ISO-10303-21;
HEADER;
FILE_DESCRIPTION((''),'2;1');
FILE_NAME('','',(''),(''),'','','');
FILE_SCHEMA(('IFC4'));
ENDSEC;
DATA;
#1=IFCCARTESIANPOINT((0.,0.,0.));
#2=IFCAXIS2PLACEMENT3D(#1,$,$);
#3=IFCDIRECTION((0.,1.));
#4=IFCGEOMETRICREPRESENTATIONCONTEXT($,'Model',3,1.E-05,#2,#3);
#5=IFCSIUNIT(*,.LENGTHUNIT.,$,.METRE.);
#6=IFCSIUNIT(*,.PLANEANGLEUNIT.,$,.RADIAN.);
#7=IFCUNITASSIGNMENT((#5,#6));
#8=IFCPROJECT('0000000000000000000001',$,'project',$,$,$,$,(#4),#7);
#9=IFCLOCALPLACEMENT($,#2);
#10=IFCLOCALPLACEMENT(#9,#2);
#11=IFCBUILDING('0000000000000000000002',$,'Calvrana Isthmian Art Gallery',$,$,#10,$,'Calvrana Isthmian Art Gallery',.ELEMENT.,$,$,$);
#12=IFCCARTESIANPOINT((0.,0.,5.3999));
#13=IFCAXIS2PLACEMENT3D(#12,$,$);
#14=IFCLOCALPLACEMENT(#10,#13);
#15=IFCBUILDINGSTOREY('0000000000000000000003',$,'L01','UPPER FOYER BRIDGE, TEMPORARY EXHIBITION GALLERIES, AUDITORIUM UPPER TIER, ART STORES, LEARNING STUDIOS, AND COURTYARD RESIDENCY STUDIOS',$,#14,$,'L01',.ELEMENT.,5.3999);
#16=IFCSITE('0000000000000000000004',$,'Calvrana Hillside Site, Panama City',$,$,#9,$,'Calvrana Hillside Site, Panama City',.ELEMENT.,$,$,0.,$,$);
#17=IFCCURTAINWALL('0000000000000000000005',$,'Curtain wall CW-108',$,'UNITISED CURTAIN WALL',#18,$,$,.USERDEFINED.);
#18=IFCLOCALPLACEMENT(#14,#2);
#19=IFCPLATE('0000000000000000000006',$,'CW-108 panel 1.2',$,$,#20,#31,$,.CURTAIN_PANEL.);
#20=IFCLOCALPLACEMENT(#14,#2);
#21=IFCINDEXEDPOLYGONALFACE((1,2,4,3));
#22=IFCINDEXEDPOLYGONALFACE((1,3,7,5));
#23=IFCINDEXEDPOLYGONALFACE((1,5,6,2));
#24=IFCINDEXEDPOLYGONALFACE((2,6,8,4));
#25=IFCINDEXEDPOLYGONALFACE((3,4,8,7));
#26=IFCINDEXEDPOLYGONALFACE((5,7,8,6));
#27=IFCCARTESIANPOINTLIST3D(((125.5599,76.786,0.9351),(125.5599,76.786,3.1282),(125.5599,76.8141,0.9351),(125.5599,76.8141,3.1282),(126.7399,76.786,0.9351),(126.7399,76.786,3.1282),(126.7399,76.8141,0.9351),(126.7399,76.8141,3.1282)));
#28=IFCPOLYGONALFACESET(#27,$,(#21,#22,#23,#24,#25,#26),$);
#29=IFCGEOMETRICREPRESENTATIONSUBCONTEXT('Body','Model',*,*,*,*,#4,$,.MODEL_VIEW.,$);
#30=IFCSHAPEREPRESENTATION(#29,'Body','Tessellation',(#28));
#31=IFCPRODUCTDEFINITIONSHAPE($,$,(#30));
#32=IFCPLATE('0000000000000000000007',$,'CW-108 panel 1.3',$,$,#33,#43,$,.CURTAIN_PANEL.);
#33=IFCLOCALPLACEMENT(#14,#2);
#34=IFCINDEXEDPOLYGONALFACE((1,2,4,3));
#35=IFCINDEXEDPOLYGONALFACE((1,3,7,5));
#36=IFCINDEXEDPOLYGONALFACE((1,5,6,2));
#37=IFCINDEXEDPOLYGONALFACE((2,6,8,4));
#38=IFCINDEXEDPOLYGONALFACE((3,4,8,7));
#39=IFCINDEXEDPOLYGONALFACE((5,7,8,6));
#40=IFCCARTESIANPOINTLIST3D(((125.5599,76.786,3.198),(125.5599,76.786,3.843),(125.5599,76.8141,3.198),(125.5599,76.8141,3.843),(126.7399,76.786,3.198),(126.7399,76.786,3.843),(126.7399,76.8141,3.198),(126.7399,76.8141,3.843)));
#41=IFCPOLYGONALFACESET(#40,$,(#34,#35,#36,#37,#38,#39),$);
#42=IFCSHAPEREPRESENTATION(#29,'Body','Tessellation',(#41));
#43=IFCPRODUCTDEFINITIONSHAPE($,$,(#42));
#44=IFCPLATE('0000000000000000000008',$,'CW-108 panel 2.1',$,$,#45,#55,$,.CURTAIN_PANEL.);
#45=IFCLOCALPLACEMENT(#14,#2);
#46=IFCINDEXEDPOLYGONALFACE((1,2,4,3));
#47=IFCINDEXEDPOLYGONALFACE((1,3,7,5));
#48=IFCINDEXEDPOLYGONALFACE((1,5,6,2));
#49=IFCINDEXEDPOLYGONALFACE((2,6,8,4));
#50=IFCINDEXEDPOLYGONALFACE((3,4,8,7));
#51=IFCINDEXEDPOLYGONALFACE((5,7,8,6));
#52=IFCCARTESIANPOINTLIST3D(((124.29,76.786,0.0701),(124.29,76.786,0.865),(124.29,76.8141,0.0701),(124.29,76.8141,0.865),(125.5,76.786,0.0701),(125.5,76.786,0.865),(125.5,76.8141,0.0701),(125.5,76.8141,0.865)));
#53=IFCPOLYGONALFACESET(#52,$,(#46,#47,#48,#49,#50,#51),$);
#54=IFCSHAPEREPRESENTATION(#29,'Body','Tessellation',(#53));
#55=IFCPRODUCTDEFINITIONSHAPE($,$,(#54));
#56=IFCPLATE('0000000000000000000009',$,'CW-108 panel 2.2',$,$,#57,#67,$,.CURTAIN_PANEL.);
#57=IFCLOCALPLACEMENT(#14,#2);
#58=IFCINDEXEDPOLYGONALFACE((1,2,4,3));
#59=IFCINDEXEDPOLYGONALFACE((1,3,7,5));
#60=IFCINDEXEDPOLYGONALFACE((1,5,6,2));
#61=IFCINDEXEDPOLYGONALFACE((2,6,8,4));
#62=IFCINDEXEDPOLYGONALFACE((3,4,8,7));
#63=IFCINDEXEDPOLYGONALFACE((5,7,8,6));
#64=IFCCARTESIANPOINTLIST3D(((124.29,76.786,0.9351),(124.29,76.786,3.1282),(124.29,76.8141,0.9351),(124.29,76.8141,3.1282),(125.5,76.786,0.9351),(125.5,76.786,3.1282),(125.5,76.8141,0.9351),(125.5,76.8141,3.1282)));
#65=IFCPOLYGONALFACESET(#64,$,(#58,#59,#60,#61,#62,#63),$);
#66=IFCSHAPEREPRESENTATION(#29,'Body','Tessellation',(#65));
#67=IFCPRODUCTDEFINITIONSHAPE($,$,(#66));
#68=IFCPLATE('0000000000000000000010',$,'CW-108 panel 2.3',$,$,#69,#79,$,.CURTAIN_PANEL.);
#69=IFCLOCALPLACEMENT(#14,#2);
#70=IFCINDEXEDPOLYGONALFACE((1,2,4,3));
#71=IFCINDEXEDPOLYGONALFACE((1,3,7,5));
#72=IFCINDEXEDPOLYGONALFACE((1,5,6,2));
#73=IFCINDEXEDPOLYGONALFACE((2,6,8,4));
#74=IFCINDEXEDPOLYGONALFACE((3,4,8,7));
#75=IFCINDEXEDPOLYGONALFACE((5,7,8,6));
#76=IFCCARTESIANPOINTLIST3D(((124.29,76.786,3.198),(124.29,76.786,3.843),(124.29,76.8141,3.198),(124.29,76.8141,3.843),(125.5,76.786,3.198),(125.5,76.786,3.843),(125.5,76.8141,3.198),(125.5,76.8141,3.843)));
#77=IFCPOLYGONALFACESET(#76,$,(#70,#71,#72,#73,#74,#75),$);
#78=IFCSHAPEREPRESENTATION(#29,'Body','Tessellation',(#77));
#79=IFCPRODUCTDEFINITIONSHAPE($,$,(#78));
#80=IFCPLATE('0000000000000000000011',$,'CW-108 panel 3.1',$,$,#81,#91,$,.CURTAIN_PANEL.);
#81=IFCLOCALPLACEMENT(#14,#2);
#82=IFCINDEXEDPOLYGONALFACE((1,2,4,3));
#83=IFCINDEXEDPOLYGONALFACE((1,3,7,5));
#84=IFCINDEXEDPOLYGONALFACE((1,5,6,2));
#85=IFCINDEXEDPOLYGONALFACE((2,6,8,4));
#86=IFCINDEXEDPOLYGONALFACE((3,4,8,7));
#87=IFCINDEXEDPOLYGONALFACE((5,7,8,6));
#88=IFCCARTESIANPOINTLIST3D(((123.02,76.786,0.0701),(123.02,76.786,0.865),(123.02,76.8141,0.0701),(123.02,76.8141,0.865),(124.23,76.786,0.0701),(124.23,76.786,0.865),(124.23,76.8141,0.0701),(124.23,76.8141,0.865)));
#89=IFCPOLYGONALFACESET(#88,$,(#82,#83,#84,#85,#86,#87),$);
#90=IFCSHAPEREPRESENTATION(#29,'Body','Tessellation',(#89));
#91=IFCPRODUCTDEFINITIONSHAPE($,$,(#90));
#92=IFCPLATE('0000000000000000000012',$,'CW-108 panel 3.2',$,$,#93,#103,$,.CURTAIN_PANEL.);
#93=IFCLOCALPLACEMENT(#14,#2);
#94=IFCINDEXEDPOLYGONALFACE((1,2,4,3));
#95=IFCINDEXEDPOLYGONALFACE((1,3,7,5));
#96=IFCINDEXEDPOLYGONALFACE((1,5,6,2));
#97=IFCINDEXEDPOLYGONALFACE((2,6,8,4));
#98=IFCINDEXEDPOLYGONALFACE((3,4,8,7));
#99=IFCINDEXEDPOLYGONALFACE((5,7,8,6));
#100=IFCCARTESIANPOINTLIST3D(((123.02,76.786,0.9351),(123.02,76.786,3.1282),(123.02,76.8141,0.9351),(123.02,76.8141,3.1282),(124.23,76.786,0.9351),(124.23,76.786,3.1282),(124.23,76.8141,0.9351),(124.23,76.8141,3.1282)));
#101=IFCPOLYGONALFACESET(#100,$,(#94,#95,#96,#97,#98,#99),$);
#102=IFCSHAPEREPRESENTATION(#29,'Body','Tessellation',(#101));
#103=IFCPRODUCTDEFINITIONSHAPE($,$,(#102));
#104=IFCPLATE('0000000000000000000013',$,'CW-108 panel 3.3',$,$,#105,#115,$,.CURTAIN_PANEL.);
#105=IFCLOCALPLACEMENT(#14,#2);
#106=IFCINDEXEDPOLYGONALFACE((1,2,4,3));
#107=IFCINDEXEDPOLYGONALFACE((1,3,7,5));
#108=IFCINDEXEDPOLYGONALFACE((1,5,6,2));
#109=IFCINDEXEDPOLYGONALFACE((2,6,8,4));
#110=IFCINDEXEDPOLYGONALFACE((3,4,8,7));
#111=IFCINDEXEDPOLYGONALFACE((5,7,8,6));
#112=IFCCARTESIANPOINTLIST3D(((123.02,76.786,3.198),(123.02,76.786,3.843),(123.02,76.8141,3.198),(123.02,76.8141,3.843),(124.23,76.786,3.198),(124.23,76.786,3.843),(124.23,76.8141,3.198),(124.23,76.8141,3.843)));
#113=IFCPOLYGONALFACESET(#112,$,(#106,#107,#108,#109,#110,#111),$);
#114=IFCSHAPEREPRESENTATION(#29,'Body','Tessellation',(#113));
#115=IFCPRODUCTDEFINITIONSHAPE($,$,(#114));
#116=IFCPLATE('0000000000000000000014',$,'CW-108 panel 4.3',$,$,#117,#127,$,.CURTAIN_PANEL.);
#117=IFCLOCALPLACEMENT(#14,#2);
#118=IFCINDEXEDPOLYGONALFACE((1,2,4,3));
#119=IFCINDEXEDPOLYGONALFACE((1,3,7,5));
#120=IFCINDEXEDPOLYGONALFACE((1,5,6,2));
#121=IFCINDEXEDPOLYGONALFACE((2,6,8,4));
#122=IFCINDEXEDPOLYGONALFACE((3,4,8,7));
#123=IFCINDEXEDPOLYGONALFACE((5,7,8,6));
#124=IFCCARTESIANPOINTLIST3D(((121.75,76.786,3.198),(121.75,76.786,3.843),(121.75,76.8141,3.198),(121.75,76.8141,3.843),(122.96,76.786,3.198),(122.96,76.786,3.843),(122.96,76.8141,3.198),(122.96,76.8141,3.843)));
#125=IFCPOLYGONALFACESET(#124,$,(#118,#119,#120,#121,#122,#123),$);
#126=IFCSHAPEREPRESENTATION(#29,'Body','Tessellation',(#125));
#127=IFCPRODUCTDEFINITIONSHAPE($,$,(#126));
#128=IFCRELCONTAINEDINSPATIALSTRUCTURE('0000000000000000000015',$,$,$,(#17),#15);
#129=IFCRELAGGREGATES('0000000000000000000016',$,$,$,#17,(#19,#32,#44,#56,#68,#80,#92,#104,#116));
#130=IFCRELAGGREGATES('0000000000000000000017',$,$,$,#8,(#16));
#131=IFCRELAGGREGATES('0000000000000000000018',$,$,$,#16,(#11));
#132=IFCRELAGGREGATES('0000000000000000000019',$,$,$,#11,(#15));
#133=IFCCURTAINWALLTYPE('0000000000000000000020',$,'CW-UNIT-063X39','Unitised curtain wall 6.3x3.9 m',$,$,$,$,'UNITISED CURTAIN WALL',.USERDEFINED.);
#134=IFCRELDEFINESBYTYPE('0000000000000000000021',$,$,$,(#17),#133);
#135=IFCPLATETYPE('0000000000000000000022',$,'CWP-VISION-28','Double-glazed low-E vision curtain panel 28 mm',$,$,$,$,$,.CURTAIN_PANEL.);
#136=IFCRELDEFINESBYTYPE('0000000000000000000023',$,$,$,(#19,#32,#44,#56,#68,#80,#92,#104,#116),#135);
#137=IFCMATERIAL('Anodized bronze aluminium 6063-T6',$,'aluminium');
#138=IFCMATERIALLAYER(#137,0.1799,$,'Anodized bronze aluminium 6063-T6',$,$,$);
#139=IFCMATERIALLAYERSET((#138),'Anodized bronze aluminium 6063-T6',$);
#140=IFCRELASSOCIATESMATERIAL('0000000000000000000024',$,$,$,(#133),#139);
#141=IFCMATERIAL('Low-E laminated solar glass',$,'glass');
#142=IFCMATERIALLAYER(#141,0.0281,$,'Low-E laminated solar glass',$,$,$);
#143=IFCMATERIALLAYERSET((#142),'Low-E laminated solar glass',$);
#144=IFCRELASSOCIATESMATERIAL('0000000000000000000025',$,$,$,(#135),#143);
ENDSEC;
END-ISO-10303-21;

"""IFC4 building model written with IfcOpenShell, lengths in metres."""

from ifc_helpers import new_model, si_unit, direction, frame, origin, origin_2d, place, context, subcontext, project, spatial, rectangle, extrude, material, layer, layer_set, type_object, element, aggregate, save


model = new_model("IFC4")

# Units and contexts
model_context = context("Model", 3, precision=1e-05, world=origin(), true_north=direction((0.0, 1.0)))
body_context = subcontext(model_context, "Body", "Model", "MODEL_VIEW")
ifc_project = project(units=[si_unit("LENGTHUNIT", "METRE"), si_unit("PLANEANGLEUNIT", "RADIAN")], contexts=[model_context])

# Site, building, storey
site_placement = place(None, origin())
site = spatial("IfcSite", under=ifc_project, at=site_placement, Name="Calvrana Hillside Site, Panama City", LongName="Calvrana Hillside Site, Panama City", CompositionType="ELEMENT", RefElevation=0.0)
building_placement = place(site_placement, origin())
building = spatial("IfcBuilding", under=site, at=building_placement, Name="Calvrana Isthmian Art Gallery", LongName="Calvrana Isthmian Art Gallery", CompositionType="ELEMENT")
storey_placement = place(building_placement, frame((0.0, 0.0, 5.3999)))
storey = spatial("IfcBuildingStorey", under=building, at=storey_placement, Name="L01", Description="UPPER FOYER BRIDGE, TEMPORARY EXHIBITION GALLERIES, AUDITORIUM UPPER TIER, ART STORES, LEARNING STUDIOS, AND COURTYARD RESIDENCY STUDIOS", LongName="L01", CompositionType="ELEMENT", Elevation=5.3999)

# Curtain wall, plates
ifc_material_1 = material(Name="Anodized bronze aluminium 6063-T6", Category="aluminium")
ifc_layer_1 = layer(ifc_material_1, 0.1799, Name="Anodized bronze aluminium 6063-T6")
ifc_layer_set_1 = layer_set([ifc_layer_1], Name="Anodized bronze aluminium 6063-T6")
curtain_wall_type = type_object("IfcCurtainWallType", Name="CW-UNIT-063X39", Description="Unitised curtain wall 6.3x3.9 m", ElementType="UNITISED CURTAIN WALL", PredefinedType="USERDEFINED", material=ifc_layer_set_1)
curtain_wall_placement = place(storey_placement, origin())
curtain_wall = element("IfcCurtainWall", 1, at=curtain_wall_placement, inside=storey, type_object=curtain_wall_type, Name="Curtain wall CW-108", ObjectType="UNITISED CURTAIN WALL", PredefinedType="USERDEFINED")
ifc_material_2 = material(Name="Low-E laminated solar glass", Category="glass")
ifc_layer_2 = layer(ifc_material_2, 0.0281, Name="Low-E laminated solar glass")
ifc_layer_set_2 = layer_set([ifc_layer_2], Name="Low-E laminated solar glass")
plate_type = type_object("IfcPlateType", Name="CWP-VISION-28", Description="Double-glazed low-E vision curtain panel 28 mm", PredefinedType="CURTAIN_PANEL", material=ifc_layer_set_2)
plate_1_placement = place(storey_placement, frame((126.1499, 76.8, 0.9351), z_axis=(0.0, 0.0, 1.0), x_axis=(-1.0, 0.0, 0.0)))
plate_1 = element("IfcPlate", 2, at=plate_1_placement, type_object=plate_type, Name="CW-108 panel 1.2", PredefinedType="CURTAIN_PANEL", context=body_context, shape_type="SweptSolid", body=[
    extrude(rectangle(XDim=1.1799, YDim=0.0281, at=origin_2d()), origin(), (0.0, 0.0, 1.0), 2.1931),
])
plate_2_placement = place(storey_placement, frame((126.1499, 76.8, 3.198), z_axis=(0.0, 0.0, 1.0), x_axis=(-1.0, 0.0, 0.0)))
plate_2 = element("IfcPlate", 3, at=plate_2_placement, type_object=plate_type, Name="CW-108 panel 1.3", PredefinedType="CURTAIN_PANEL", context=body_context, shape_type="SweptSolid", body=[
    extrude(rectangle(XDim=1.1799, YDim=0.0281, at=origin_2d()), origin(), (0.0, 0.0, 1.0), 0.645),
])
plate_3_placement = place(storey_placement, frame((124.895, 76.8, 0.0701), z_axis=(0.0, 0.0, 1.0), x_axis=(-1.0, 0.0, 0.0)))
plate_3 = element("IfcPlate", 4, at=plate_3_placement, type_object=plate_type, Name="CW-108 panel 2.1", PredefinedType="CURTAIN_PANEL", context=body_context, shape_type="SweptSolid", body=[
    extrude(rectangle(XDim=1.21, YDim=0.0281, at=origin_2d()), origin(), (0.0, 0.0, 1.0), 0.7949),
])
plate_4_placement = place(storey_placement, frame((124.895, 76.8, 0.9351), z_axis=(0.0, 0.0, 1.0), x_axis=(-1.0, 0.0, 0.0)))
plate_4 = element("IfcPlate", 5, at=plate_4_placement, type_object=plate_type, Name="CW-108 panel 2.2", PredefinedType="CURTAIN_PANEL", context=body_context, shape_type="SweptSolid", body=[
    extrude(rectangle(XDim=1.21, YDim=0.0281, at=origin_2d()), origin(), (0.0, 0.0, 1.0), 2.1931),
])
plate_5_placement = place(storey_placement, frame((124.895, 76.8, 3.198), z_axis=(0.0, 0.0, 1.0), x_axis=(-1.0, 0.0, 0.0)))
plate_5 = element("IfcPlate", 6, at=plate_5_placement, type_object=plate_type, Name="CW-108 panel 2.3", PredefinedType="CURTAIN_PANEL", context=body_context, shape_type="SweptSolid", body=[
    extrude(rectangle(XDim=1.21, YDim=0.0281, at=origin_2d()), origin(), (0.0, 0.0, 1.0), 0.645),
])
plate_6_placement = place(storey_placement, frame((123.625, 76.8, 0.0701), z_axis=(0.0, 0.0, 1.0), x_axis=(-1.0, 0.0, 0.0)))
plate_6 = element("IfcPlate", 7, at=plate_6_placement, type_object=plate_type, Name="CW-108 panel 3.1", PredefinedType="CURTAIN_PANEL", context=body_context, shape_type="SweptSolid", body=[
    extrude(rectangle(XDim=1.21, YDim=0.0281, at=origin_2d()), origin(), (0.0, 0.0, 1.0), 0.7949),
])
plate_7_placement = place(storey_placement, frame((123.625, 76.8, 0.9351), z_axis=(0.0, 0.0, 1.0), x_axis=(-1.0, 0.0, 0.0)))
plate_7 = element("IfcPlate", 8, at=plate_7_placement, type_object=plate_type, Name="CW-108 panel 3.2", PredefinedType="CURTAIN_PANEL", context=body_context, shape_type="SweptSolid", body=[
    extrude(rectangle(XDim=1.21, YDim=0.0281, at=origin_2d()), origin(), (0.0, 0.0, 1.0), 2.1931),
])
plate_8_placement = place(storey_placement, frame((123.625, 76.8, 3.198), z_axis=(0.0, 0.0, 1.0), x_axis=(-1.0, 0.0, 0.0)))
plate_8 = element("IfcPlate", 9, at=plate_8_placement, type_object=plate_type, Name="CW-108 panel 3.3", PredefinedType="CURTAIN_PANEL", context=body_context, shape_type="SweptSolid", body=[
    extrude(rectangle(XDim=1.21, YDim=0.0281, at=origin_2d()), origin(), (0.0, 0.0, 1.0), 0.645),
])
plate_9_placement = place(storey_placement, frame((122.355, 76.8, 3.198), z_axis=(0.0, 0.0, 1.0), x_axis=(-1.0, 0.0, 0.0)))
plate_9 = element("IfcPlate", 10, at=plate_9_placement, type_object=plate_type, Name="CW-108 panel 4.3", PredefinedType="CURTAIN_PANEL", context=body_context, shape_type="SweptSolid", body=[
    extrude(rectangle(XDim=1.21, YDim=0.0281, at=origin_2d()), origin(), (0.0, 0.0, 1.0), 0.645),
])
aggregate(curtain_wall, [plate_1, plate_2, plate_3, plate_4, plate_5, plate_6, plate_7, plate_8, plate_9])

save(model, "model.ifc")
